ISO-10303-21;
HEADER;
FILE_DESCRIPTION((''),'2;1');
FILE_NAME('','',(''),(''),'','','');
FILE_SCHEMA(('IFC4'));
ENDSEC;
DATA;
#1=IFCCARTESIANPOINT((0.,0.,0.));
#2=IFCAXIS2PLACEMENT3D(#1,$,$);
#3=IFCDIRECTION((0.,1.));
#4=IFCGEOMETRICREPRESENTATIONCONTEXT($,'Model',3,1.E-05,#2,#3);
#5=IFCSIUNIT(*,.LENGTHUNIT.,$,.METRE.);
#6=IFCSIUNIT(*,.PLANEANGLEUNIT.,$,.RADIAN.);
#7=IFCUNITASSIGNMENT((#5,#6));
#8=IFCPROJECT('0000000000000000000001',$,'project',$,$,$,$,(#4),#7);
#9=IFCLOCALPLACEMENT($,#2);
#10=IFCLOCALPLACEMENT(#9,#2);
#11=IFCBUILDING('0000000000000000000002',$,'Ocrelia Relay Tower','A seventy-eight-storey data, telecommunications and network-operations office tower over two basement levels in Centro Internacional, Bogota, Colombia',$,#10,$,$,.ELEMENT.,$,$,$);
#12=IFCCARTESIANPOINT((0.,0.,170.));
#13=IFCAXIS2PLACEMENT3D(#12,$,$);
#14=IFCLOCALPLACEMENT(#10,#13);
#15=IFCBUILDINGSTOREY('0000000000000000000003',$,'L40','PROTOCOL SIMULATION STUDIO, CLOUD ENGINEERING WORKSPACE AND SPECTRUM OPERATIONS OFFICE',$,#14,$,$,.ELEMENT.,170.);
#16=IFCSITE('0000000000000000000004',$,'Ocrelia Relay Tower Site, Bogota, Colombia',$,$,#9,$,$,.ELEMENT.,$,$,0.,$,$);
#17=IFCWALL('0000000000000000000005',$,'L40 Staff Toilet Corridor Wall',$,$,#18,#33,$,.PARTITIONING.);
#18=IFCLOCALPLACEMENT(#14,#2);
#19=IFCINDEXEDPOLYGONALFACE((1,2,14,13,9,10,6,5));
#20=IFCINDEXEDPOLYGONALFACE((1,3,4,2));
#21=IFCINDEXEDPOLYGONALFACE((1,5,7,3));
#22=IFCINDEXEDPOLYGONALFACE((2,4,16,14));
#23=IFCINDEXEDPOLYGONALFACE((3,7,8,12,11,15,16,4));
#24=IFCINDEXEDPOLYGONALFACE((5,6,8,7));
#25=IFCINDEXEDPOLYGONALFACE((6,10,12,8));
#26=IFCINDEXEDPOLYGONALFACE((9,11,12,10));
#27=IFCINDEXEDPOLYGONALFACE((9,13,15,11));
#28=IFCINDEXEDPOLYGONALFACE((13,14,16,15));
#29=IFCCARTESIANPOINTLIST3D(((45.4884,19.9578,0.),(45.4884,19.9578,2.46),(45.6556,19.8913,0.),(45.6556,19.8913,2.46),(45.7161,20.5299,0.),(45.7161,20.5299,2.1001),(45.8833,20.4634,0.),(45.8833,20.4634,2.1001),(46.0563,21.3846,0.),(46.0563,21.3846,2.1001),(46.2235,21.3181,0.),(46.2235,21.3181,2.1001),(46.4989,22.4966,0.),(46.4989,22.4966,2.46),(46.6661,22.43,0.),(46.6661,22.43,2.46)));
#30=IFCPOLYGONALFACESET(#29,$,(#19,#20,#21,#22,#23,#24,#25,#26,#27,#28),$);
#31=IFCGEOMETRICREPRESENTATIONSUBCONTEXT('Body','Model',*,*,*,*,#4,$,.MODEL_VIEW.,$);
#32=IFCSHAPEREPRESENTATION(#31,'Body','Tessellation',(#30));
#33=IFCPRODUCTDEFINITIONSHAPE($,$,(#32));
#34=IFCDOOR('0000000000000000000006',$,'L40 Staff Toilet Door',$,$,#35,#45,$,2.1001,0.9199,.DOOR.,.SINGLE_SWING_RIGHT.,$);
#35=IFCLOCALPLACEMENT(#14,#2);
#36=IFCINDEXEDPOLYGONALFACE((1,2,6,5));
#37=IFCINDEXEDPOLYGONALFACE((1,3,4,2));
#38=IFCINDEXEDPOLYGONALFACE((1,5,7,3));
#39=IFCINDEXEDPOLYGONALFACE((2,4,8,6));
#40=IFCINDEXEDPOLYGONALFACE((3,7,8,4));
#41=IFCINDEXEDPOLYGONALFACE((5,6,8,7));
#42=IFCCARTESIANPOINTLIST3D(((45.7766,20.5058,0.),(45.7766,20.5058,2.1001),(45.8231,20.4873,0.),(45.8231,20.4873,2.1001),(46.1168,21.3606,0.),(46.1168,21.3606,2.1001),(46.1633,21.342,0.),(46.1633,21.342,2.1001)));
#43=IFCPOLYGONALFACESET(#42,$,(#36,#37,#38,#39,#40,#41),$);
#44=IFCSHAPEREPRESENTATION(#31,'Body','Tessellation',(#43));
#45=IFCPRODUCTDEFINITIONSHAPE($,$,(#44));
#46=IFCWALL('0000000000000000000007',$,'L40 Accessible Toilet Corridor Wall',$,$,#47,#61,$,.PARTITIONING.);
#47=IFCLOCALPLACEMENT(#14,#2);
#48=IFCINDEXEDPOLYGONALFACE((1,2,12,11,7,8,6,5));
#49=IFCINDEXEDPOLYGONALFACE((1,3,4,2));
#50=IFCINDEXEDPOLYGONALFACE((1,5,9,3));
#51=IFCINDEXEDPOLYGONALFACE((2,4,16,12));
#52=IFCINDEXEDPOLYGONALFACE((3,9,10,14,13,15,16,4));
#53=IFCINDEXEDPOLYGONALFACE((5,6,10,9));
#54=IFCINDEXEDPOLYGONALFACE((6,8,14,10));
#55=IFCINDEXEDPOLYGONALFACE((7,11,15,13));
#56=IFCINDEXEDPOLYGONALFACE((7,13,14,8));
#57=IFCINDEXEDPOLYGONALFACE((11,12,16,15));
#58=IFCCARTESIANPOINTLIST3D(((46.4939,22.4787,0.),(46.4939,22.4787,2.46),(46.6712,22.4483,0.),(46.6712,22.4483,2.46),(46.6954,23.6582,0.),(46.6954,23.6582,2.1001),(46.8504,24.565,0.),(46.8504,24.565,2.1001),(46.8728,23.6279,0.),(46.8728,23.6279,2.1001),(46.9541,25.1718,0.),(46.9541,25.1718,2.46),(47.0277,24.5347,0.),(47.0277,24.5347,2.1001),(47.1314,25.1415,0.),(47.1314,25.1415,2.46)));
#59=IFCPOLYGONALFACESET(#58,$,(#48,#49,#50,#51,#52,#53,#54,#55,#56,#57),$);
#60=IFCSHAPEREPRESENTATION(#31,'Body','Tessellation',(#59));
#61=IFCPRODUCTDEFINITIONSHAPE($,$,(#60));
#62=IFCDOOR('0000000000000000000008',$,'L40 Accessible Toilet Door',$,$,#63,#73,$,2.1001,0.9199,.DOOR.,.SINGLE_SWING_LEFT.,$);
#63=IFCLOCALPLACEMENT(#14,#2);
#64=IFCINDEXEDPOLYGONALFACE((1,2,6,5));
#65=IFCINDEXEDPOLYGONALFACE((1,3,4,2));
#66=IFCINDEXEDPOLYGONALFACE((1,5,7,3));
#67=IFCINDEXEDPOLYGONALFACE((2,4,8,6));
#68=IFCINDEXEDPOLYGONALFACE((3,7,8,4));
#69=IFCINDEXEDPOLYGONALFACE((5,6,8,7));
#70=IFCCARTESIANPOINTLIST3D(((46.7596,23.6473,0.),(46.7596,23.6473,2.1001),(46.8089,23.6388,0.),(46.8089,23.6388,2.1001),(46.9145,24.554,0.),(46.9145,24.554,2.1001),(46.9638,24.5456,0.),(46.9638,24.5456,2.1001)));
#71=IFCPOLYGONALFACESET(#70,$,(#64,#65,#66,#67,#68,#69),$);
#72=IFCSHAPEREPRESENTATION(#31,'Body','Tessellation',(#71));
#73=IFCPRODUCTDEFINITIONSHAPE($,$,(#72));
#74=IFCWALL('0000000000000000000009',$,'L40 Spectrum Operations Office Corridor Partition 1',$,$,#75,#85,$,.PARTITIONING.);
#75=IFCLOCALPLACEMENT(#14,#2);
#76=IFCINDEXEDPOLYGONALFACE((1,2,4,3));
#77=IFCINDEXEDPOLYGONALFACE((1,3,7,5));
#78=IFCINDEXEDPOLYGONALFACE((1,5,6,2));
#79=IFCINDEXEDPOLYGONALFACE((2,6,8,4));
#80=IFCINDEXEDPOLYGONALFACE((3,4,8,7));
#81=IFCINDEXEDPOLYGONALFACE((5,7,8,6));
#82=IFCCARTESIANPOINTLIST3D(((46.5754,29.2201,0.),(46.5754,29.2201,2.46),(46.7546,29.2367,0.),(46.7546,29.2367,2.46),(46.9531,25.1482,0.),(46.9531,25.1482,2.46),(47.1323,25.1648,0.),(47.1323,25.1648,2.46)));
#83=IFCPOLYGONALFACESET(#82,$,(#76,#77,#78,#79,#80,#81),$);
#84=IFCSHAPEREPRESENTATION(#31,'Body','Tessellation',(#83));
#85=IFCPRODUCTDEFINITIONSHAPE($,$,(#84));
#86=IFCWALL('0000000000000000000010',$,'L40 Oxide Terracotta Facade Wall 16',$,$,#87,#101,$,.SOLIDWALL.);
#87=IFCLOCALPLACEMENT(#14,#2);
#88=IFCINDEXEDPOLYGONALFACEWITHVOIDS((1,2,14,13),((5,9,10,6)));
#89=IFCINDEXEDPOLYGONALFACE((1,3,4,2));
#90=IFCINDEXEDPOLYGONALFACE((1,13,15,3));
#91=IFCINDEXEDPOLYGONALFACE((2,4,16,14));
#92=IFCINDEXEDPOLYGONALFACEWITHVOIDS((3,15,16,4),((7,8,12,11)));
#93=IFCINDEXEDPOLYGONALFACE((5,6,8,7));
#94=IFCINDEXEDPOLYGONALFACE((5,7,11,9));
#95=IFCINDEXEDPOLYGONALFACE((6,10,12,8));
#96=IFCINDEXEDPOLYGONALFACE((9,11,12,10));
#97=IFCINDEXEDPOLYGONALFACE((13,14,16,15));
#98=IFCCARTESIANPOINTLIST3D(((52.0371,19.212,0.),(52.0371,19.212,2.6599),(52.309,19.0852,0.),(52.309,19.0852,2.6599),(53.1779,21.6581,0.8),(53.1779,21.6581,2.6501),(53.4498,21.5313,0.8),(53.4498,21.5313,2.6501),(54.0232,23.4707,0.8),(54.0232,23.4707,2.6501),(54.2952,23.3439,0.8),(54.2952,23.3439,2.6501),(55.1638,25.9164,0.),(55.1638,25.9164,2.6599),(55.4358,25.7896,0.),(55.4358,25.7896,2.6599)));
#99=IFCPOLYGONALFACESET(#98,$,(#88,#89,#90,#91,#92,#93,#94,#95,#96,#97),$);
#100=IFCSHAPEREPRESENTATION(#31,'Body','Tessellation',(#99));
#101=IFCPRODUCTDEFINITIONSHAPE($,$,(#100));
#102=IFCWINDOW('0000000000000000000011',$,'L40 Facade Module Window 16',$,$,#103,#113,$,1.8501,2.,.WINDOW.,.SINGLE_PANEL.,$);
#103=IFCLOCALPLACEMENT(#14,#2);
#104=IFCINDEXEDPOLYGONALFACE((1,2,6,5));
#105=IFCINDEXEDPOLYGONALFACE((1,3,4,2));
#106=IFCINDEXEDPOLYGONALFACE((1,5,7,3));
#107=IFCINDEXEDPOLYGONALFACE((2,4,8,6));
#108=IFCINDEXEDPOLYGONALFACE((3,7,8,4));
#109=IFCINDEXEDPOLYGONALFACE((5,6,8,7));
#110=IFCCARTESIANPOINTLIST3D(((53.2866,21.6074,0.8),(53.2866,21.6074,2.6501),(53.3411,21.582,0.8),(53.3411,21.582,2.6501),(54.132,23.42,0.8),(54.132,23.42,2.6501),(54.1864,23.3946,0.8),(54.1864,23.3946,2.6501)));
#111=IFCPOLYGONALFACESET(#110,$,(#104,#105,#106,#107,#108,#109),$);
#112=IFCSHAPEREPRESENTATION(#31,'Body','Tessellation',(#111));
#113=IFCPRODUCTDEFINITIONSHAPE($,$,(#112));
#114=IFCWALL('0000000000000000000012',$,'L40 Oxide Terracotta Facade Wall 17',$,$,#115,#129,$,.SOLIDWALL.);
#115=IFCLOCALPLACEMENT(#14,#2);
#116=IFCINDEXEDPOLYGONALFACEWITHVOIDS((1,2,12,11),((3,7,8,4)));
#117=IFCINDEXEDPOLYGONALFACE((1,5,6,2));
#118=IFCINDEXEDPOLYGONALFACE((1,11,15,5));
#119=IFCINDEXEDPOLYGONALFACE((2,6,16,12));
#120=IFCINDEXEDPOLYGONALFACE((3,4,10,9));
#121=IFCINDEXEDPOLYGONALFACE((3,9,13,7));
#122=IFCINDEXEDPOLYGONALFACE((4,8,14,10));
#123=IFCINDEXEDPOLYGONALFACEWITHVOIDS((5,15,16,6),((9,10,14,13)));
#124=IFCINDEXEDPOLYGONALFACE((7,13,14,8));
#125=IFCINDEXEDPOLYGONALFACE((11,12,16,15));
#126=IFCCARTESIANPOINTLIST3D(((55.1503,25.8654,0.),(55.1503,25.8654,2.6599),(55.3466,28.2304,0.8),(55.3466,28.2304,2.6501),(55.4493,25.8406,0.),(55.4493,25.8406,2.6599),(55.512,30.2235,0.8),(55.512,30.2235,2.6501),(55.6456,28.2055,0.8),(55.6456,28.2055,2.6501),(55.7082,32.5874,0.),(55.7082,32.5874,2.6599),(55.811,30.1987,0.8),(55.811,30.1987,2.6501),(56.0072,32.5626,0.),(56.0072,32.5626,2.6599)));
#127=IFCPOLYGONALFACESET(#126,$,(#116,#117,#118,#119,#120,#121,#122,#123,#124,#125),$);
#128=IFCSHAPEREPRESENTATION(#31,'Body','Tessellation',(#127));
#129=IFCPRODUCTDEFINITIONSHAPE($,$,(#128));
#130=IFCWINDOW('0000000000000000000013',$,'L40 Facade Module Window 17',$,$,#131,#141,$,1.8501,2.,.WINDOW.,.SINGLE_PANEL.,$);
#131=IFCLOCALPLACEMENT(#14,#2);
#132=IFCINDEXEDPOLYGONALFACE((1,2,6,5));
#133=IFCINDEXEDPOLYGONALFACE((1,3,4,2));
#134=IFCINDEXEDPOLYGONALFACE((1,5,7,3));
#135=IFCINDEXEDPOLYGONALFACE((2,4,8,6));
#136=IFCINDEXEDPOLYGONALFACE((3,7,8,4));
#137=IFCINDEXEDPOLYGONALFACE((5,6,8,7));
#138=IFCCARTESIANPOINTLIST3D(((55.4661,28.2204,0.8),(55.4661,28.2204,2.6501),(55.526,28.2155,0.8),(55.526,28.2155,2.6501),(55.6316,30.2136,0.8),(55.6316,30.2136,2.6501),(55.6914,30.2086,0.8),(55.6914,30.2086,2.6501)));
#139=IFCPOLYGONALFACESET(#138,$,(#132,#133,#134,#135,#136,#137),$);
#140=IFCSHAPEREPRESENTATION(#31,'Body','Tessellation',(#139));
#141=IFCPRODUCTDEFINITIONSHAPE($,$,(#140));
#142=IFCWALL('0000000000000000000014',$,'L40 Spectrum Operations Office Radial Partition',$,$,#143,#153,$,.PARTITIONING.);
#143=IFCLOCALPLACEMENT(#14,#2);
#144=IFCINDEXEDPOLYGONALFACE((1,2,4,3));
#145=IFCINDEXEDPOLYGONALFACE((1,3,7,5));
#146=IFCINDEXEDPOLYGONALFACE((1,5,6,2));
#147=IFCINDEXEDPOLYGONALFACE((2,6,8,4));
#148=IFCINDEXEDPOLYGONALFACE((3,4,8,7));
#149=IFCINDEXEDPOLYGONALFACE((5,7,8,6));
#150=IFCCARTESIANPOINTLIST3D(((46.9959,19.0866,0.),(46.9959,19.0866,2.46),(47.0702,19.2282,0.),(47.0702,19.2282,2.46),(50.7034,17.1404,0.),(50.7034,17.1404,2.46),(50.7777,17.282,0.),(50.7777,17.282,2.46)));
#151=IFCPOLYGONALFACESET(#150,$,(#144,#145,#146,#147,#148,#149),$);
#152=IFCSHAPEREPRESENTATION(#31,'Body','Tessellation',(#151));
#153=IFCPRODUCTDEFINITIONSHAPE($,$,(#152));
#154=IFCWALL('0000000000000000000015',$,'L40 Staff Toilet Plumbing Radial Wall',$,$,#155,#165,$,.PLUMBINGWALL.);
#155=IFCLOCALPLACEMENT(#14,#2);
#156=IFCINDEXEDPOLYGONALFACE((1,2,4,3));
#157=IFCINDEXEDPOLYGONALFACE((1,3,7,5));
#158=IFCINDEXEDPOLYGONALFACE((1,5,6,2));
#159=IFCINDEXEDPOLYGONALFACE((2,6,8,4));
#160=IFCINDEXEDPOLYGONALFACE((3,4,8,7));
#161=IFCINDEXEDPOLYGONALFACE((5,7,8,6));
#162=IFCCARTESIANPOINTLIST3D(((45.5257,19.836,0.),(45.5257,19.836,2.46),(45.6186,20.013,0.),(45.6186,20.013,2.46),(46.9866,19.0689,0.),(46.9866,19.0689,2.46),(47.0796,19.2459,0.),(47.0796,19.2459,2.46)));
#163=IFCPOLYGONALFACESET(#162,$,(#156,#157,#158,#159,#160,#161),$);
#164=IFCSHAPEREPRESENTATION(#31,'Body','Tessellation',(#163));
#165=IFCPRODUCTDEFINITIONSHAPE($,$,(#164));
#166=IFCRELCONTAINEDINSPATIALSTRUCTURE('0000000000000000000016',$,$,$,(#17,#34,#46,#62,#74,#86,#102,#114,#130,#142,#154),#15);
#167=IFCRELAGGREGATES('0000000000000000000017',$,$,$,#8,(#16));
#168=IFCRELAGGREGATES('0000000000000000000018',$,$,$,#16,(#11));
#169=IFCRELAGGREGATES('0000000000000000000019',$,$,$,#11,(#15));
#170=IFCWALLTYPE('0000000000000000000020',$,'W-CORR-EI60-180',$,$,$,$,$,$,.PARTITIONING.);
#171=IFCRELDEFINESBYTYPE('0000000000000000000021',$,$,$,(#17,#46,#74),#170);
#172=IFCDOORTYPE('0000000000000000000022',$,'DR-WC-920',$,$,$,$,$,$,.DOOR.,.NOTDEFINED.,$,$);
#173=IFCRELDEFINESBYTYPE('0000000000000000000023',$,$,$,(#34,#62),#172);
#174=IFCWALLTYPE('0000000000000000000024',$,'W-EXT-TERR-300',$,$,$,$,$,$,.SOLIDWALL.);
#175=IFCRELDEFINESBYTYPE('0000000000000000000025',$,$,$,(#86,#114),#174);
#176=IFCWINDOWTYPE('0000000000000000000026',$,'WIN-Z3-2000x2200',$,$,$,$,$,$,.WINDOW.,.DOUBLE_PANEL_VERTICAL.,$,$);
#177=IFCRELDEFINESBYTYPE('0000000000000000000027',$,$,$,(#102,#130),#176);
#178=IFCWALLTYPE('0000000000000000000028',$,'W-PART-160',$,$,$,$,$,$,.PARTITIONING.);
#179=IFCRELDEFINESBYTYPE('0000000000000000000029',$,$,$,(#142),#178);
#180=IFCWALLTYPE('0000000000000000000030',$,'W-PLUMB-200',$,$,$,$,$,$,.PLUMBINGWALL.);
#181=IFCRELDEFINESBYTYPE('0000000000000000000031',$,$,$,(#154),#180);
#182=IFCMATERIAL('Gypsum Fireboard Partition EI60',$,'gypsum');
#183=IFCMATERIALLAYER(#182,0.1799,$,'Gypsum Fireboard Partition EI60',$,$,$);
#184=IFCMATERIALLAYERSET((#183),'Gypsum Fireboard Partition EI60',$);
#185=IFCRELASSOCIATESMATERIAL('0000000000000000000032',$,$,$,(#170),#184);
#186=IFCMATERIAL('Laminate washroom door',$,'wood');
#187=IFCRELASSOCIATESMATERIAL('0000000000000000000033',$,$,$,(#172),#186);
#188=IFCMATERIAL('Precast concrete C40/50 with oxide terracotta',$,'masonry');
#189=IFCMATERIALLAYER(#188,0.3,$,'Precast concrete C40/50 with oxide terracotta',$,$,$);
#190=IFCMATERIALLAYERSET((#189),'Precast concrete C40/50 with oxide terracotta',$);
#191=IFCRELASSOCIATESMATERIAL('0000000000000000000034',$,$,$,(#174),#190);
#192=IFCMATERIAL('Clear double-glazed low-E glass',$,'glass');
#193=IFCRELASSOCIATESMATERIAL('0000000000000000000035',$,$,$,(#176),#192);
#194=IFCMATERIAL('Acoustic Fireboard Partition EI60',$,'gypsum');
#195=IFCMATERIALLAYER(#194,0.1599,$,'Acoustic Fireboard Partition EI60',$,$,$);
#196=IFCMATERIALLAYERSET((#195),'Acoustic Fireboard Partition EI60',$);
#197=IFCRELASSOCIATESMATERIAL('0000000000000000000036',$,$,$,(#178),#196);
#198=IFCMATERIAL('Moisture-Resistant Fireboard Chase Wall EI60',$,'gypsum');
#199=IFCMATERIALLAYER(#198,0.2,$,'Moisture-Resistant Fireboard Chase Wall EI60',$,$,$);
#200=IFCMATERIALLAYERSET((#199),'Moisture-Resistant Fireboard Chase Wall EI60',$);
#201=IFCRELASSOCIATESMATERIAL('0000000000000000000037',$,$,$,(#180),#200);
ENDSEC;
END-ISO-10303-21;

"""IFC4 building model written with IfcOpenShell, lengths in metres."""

from ifc_helpers import new_model, si_unit, direction, frame, frame_2d, origin, place, context, subcontext, project, spatial, rectangle, extrude, material, layer, layer_set, type_object, element, fill, save


model = new_model("IFC4")

# Units and contexts
model_context = context("Model", 3, precision=1e-05, world=origin(), true_north=direction((0.0, 1.0)))
body_context = subcontext(model_context, "Body", "Model", "MODEL_VIEW")
ifc_project = project(units=[si_unit("LENGTHUNIT", "METRE"), si_unit("PLANEANGLEUNIT", "RADIAN")], contexts=[model_context])

# Site, building, storey
site_placement = place(None, origin())
site = spatial("IfcSite", under=ifc_project, at=site_placement, Name="Ocrelia Relay Tower Site, Bogota, Colombia", CompositionType="ELEMENT", RefElevation=0.0)
building_placement = place(site_placement, origin())
building = spatial("IfcBuilding", under=site, at=building_placement, Name="Ocrelia Relay Tower", Description="A seventy-eight-storey data, telecommunications and network-operations office tower over two basement levels in Centro Internacional, Bogota, Colombia", CompositionType="ELEMENT")
storey_placement = place(building_placement, frame((0.0, 0.0, 170.0)))
storey = spatial("IfcBuildingStorey", under=building, at=storey_placement, Name="L40", Description="PROTOCOL SIMULATION STUDIO, CLOUD ENGINEERING WORKSPACE AND SPECTRUM OPERATIONS OFFICE", CompositionType="ELEMENT", Elevation=170.0)

# Walls, openings, doors
ifc_material_1 = material(Name="Gypsum Fireboard Partition EI60", Category="gypsum")
ifc_layer_1 = layer(ifc_material_1, 0.1799, Name="Gypsum Fireboard Partition EI60")
ifc_layer_set_1 = layer_set([ifc_layer_1], Name="Gypsum Fireboard Partition EI60")
wall_type_1 = type_object("IfcWallType", Name="W-CORR-EI60-180", PredefinedType="PARTITIONING", material=ifc_layer_set_1)
wall_1_placement = place(storey_placement, frame((45.572, 19.9246, 0.0), z_axis=(0.0, 0.0, 1.0), x_axis=(0.369803, 0.92911, 0.0)))
wall_1 = element("IfcWall", 1, at=wall_1_placement, inside=storey, type_object=wall_type_1, Name="L40 Staff Toilet Corridor Wall", PredefinedType="PARTITIONING", context=body_context, shape_type="SweptSolid", body=[
    extrude(rectangle(XDim=2.7324, YDim=0.1799, at=frame_2d((1.3662, 0.0))), origin(), (0.0, 0.0, 1.0), 2.46),
])
opening_1_placement = place(wall_1_placement, frame((0.6157, 0.0, 0.0)))
opening_1 = element("IfcOpeningElement", 2, at=opening_1_placement, cuts=wall_1, PredefinedType="OPENING", context=body_context, shape_type="SweptSolid", body=[
    extrude(rectangle(XDim=0.9199, YDim=2.1001, at=frame_2d((0.46, 1.05))), frame((0.0, 0.1001, 0.0), z_axis=(0.0, -1.0, 0.0), x_axis=(1.0, 0.0, 0.0)), (0.0, 0.0, 1.0), 0.2),
])
ifc_material_2 = material(Name="Laminate washroom door", Category="wood")
door_type = type_object("IfcDoorType", Name="DR-WC-920", OperationType="NOTDEFINED", PredefinedType="DOOR", material=ifc_material_2)
door_1_placement = place(opening_1_placement, origin())
door_1 = element("IfcDoor", 3, at=door_1_placement, inside=storey, type_object=door_type, Name="L40 Staff Toilet Door", OperationType="SINGLE_SWING_RIGHT", OverallHeight=2.1001, OverallWidth=0.9199, PredefinedType="DOOR", context=body_context, shape_type="SweptSolid", body=[
    extrude(rectangle(XDim=0.9199, YDim=2.1001, at=frame_2d((0.46, 1.05))), frame((0.0, 0.0249, 0.0), z_axis=(0.0, -1.0, 0.0), x_axis=(1.0, 0.0, 0.0)), (0.0, 0.0, 1.0), 0.05),
])
fill(opening_1, door_1)
wall_2_placement = place(storey_placement, frame((46.5825, 22.4634, 0.0), z_axis=(0.0, 0.0, 1.0), x_axis=(0.16844, 0.985712, 0.0)))
wall_2 = element("IfcWall", 4, at=wall_2_placement, inside=storey, type_object=wall_type_1, Name="L40 Accessible Toilet Corridor Wall", PredefinedType="PARTITIONING", context=body_context, shape_type="SweptSolid", body=[
    extrude(rectangle(XDim=2.7322, YDim=0.1799, at=frame_2d((1.3662, 0.0))), origin(), (0.0, 0.0, 1.0), 2.46),
])
opening_2_placement = place(wall_2_placement, frame((1.1968, 0.0, 0.0)))
opening_2 = element("IfcOpeningElement", 5, at=opening_2_placement, cuts=wall_2, PredefinedType="OPENING", context=body_context, shape_type="SweptSolid", body=[
    extrude(rectangle(XDim=0.9199, YDim=2.1001, at=frame_2d((0.46, 1.05))), frame((0.0, 0.1001, 0.0), z_axis=(0.0, -1.0, 0.0), x_axis=(1.0, 0.0, 0.0)), (0.0, 0.0, 1.0), 0.2),
])
door_2_placement = place(opening_2_placement, origin())
door_2 = element("IfcDoor", 6, at=door_2_placement, inside=storey, type_object=door_type, Name="L40 Accessible Toilet Door", OperationType="SINGLE_SWING_LEFT", OverallHeight=2.1001, OverallWidth=0.9199, PredefinedType="DOOR", context=body_context, shape_type="SweptSolid", body=[
    extrude(rectangle(XDim=0.9199, YDim=2.1001, at=frame_2d((0.46, 1.05))), frame((0.0, 0.0249, 0.0), z_axis=(0.0, -1.0, 0.0), x_axis=(1.0, 0.0, 0.0)), (0.0, 0.0, 1.0), 0.05),
])
fill(opening_2, door_2)

# Wall
wall_3_placement = place(storey_placement, frame((47.0427, 25.1565, 0.0), z_axis=(0.0, 0.0, 1.0), x_axis=(-0.09236, 0.995726, 0.0)))
element("IfcWall", 7, at=wall_3_placement, inside=storey, type_object=wall_type_1, Name="L40 Spectrum Operations Office Corridor Partition 1", PredefinedType="PARTITIONING", context=body_context, shape_type="SweptSolid", body=[
    extrude(rectangle(XDim=4.0894, YDim=0.1799, at=frame_2d((2.0447, 0.0))), origin(), (0.0, 0.0, 1.0), 2.46),
])

# Walls, openings, windows
ifc_material_3 = material(Name="Precast concrete C40/50 with oxide terracotta", Category="masonry")
ifc_layer_2 = layer(ifc_material_3, 0.3, Name="Precast concrete C40/50 with oxide terracotta")
ifc_layer_set_2 = layer_set([ifc_layer_2], Name="Precast concrete C40/50 with oxide terracotta")
wall_type_2 = type_object("IfcWallType", Name="W-EXT-TERR-300", PredefinedType="SOLIDWALL", material=ifc_layer_set_2)
wall_4_placement = place(storey_placement, frame((52.1731, 19.1487, 0.0), z_axis=(0.0, 0.0, 1.0), x_axis=(0.422665, 0.906286, 0.0)))
wall_4 = element("IfcWall", 8, at=wall_4_placement, inside=storey, type_object=wall_type_2, Name="L40 Oxide Terracotta Facade Wall 16", PredefinedType="SOLIDWALL", context=body_context, shape_type="SweptSolid", body=[
    extrude(rectangle(XDim=7.3977, YDim=0.3, at=frame_2d((3.6987, 0.0))), origin(), (0.0, 0.0, 1.0), 2.6599),
])
opening_3_placement = place(wall_4_placement, frame((2.699, 0.0, 0.8)))
opening_3 = element("IfcOpeningElement", 9, at=opening_3_placement, cuts=wall_4, PredefinedType="OPENING", context=body_context, shape_type="SweptSolid", body=[
    extrude(rectangle(XDim=2.0, YDim=1.8501, at=frame_2d((1.0, 0.925))), frame((0.0, 0.1602, 0.0), z_axis=(0.0, -1.0, 0.0), x_axis=(1.0, 0.0, 0.0)), (0.0, 0.0, 1.0), 0.3201),
])
ifc_material_4 = material(Name="Clear double-glazed low-E glass", Category="glass")
window_type = type_object("IfcWindowType", Name="WIN-Z3-2000x2200", PartitioningType="DOUBLE_PANEL_VERTICAL", PredefinedType="WINDOW", material=ifc_material_4)
window_1_placement = place(opening_3_placement, origin())
window_1 = element("IfcWindow", 10, at=window_1_placement, inside=storey, type_object=window_type, Name="L40 Facade Module Window 16", OverallHeight=1.8501, OverallWidth=2.0, PartitioningType="SINGLE_PANEL", PredefinedType="WINDOW", context=body_context, shape_type="SweptSolid", body=[
    extrude(rectangle(XDim=2.0, YDim=1.8501, at=frame_2d((1.0, 0.925))), frame((0.0, 0.03, 0.0), z_axis=(0.0, -1.0, 0.0), x_axis=(1.0, 0.0, 0.0)), (0.0, 0.0, 1.0), 0.0601),
])
fill(opening_3, window_1)
wall_5_placement = place(storey_placement, frame((55.2998, 25.853, 0.0), z_axis=(0.0, 0.0, 1.0), x_axis=(0.082707, 0.996574, 0.0)))
wall_5 = element("IfcWall", 11, at=wall_5_placement, inside=storey, type_object=wall_type_2, Name="L40 Oxide Terracotta Facade Wall 17", PredefinedType="SOLIDWALL", context=body_context, shape_type="SweptSolid", body=[
    extrude(rectangle(XDim=6.7451, YDim=0.3, at=frame_2d((3.3726, 0.0))), origin(), (0.0, 0.0, 1.0), 2.6599),
])
opening_4_placement = place(wall_5_placement, frame((2.373, 0.0, 0.8)))
opening_4 = element("IfcOpeningElement", 12, at=opening_4_placement, cuts=wall_5, PredefinedType="OPENING", context=body_context, shape_type="SweptSolid", body=[
    extrude(rectangle(XDim=2.0, YDim=1.8501, at=frame_2d((1.0, 0.925))), frame((0.0, 0.1602, 0.0), z_axis=(0.0, -1.0, 0.0), x_axis=(1.0, 0.0, 0.0)), (0.0, 0.0, 1.0), 0.3201),
])
window_2_placement = place(opening_4_placement, origin())
window_2 = element("IfcWindow", 13, at=window_2_placement, inside=storey, type_object=window_type, Name="L40 Facade Module Window 17", OverallHeight=1.8501, OverallWidth=2.0, PartitioningType="SINGLE_PANEL", PredefinedType="WINDOW", context=body_context, shape_type="SweptSolid", body=[
    extrude(rectangle(XDim=2.0, YDim=1.8501, at=frame_2d((1.0, 0.925))), frame((0.0, 0.03, 0.0), z_axis=(0.0, -1.0, 0.0), x_axis=(1.0, 0.0, 0.0)), (0.0, 0.0, 1.0), 0.0601),
])
fill(opening_4, window_2)

# Walls
ifc_material_5 = material(Name="Acoustic Fireboard Partition EI60", Category="gypsum")
ifc_layer_3 = layer(ifc_material_5, 0.1599, Name="Acoustic Fireboard Partition EI60")
ifc_layer_set_3 = layer_set([ifc_layer_3], Name="Acoustic Fireboard Partition EI60")
wall_type_3 = type_object("IfcWallType", Name="W-PART-160", PredefinedType="PARTITIONING", material=ifc_layer_set_3)
wall_6_placement = place(storey_placement, frame((47.033, 19.1575, 0.0), z_axis=(0.0, 0.0, 1.0), x_axis=(0.885413, -0.464804, 0.0)))
element("IfcWall", 14, at=wall_6_placement, inside=storey, type_object=wall_type_3, Name="L40 Spectrum Operations Office Radial Partition", PredefinedType="PARTITIONING", context=body_context, shape_type="SweptSolid", body=[
    extrude(rectangle(XDim=4.1873, YDim=0.1599, at=frame_2d((2.0938, 0.0))), origin(), (0.0, 0.0, 1.0), 2.46),
])
ifc_material_6 = material(Name="Moisture-Resistant Fireboard Chase Wall EI60", Category="gypsum")
ifc_layer_4 = layer(ifc_material_6, 0.2, Name="Moisture-Resistant Fireboard Chase Wall EI60")
ifc_layer_set_4 = layer_set([ifc_layer_4], Name="Moisture-Resistant Fireboard Chase Wall EI60")
wall_type_4 = type_object("IfcWallType", Name="W-PLUMB-200", PredefinedType="PLUMBINGWALL", material=ifc_layer_set_4)
wall_7_placement = place(storey_placement, frame((45.572, 19.9246, 0.0), z_axis=(0.0, 0.0, 1.0), x_axis=(0.885374, -0.46488, 0.0)))
element("IfcWall", 15, at=wall_7_placement, inside=storey, type_object=wall_type_4, Name="L40 Staff Toilet Plumbing Radial Wall", PredefinedType="PLUMBINGWALL", context=body_context, shape_type="SweptSolid", body=[
    extrude(rectangle(XDim=1.6501, YDim=0.2, at=frame_2d((0.8252, 0.0))), origin(), (0.0, 0.0, 1.0), 2.46),
])

save(model, "model.ifc")
